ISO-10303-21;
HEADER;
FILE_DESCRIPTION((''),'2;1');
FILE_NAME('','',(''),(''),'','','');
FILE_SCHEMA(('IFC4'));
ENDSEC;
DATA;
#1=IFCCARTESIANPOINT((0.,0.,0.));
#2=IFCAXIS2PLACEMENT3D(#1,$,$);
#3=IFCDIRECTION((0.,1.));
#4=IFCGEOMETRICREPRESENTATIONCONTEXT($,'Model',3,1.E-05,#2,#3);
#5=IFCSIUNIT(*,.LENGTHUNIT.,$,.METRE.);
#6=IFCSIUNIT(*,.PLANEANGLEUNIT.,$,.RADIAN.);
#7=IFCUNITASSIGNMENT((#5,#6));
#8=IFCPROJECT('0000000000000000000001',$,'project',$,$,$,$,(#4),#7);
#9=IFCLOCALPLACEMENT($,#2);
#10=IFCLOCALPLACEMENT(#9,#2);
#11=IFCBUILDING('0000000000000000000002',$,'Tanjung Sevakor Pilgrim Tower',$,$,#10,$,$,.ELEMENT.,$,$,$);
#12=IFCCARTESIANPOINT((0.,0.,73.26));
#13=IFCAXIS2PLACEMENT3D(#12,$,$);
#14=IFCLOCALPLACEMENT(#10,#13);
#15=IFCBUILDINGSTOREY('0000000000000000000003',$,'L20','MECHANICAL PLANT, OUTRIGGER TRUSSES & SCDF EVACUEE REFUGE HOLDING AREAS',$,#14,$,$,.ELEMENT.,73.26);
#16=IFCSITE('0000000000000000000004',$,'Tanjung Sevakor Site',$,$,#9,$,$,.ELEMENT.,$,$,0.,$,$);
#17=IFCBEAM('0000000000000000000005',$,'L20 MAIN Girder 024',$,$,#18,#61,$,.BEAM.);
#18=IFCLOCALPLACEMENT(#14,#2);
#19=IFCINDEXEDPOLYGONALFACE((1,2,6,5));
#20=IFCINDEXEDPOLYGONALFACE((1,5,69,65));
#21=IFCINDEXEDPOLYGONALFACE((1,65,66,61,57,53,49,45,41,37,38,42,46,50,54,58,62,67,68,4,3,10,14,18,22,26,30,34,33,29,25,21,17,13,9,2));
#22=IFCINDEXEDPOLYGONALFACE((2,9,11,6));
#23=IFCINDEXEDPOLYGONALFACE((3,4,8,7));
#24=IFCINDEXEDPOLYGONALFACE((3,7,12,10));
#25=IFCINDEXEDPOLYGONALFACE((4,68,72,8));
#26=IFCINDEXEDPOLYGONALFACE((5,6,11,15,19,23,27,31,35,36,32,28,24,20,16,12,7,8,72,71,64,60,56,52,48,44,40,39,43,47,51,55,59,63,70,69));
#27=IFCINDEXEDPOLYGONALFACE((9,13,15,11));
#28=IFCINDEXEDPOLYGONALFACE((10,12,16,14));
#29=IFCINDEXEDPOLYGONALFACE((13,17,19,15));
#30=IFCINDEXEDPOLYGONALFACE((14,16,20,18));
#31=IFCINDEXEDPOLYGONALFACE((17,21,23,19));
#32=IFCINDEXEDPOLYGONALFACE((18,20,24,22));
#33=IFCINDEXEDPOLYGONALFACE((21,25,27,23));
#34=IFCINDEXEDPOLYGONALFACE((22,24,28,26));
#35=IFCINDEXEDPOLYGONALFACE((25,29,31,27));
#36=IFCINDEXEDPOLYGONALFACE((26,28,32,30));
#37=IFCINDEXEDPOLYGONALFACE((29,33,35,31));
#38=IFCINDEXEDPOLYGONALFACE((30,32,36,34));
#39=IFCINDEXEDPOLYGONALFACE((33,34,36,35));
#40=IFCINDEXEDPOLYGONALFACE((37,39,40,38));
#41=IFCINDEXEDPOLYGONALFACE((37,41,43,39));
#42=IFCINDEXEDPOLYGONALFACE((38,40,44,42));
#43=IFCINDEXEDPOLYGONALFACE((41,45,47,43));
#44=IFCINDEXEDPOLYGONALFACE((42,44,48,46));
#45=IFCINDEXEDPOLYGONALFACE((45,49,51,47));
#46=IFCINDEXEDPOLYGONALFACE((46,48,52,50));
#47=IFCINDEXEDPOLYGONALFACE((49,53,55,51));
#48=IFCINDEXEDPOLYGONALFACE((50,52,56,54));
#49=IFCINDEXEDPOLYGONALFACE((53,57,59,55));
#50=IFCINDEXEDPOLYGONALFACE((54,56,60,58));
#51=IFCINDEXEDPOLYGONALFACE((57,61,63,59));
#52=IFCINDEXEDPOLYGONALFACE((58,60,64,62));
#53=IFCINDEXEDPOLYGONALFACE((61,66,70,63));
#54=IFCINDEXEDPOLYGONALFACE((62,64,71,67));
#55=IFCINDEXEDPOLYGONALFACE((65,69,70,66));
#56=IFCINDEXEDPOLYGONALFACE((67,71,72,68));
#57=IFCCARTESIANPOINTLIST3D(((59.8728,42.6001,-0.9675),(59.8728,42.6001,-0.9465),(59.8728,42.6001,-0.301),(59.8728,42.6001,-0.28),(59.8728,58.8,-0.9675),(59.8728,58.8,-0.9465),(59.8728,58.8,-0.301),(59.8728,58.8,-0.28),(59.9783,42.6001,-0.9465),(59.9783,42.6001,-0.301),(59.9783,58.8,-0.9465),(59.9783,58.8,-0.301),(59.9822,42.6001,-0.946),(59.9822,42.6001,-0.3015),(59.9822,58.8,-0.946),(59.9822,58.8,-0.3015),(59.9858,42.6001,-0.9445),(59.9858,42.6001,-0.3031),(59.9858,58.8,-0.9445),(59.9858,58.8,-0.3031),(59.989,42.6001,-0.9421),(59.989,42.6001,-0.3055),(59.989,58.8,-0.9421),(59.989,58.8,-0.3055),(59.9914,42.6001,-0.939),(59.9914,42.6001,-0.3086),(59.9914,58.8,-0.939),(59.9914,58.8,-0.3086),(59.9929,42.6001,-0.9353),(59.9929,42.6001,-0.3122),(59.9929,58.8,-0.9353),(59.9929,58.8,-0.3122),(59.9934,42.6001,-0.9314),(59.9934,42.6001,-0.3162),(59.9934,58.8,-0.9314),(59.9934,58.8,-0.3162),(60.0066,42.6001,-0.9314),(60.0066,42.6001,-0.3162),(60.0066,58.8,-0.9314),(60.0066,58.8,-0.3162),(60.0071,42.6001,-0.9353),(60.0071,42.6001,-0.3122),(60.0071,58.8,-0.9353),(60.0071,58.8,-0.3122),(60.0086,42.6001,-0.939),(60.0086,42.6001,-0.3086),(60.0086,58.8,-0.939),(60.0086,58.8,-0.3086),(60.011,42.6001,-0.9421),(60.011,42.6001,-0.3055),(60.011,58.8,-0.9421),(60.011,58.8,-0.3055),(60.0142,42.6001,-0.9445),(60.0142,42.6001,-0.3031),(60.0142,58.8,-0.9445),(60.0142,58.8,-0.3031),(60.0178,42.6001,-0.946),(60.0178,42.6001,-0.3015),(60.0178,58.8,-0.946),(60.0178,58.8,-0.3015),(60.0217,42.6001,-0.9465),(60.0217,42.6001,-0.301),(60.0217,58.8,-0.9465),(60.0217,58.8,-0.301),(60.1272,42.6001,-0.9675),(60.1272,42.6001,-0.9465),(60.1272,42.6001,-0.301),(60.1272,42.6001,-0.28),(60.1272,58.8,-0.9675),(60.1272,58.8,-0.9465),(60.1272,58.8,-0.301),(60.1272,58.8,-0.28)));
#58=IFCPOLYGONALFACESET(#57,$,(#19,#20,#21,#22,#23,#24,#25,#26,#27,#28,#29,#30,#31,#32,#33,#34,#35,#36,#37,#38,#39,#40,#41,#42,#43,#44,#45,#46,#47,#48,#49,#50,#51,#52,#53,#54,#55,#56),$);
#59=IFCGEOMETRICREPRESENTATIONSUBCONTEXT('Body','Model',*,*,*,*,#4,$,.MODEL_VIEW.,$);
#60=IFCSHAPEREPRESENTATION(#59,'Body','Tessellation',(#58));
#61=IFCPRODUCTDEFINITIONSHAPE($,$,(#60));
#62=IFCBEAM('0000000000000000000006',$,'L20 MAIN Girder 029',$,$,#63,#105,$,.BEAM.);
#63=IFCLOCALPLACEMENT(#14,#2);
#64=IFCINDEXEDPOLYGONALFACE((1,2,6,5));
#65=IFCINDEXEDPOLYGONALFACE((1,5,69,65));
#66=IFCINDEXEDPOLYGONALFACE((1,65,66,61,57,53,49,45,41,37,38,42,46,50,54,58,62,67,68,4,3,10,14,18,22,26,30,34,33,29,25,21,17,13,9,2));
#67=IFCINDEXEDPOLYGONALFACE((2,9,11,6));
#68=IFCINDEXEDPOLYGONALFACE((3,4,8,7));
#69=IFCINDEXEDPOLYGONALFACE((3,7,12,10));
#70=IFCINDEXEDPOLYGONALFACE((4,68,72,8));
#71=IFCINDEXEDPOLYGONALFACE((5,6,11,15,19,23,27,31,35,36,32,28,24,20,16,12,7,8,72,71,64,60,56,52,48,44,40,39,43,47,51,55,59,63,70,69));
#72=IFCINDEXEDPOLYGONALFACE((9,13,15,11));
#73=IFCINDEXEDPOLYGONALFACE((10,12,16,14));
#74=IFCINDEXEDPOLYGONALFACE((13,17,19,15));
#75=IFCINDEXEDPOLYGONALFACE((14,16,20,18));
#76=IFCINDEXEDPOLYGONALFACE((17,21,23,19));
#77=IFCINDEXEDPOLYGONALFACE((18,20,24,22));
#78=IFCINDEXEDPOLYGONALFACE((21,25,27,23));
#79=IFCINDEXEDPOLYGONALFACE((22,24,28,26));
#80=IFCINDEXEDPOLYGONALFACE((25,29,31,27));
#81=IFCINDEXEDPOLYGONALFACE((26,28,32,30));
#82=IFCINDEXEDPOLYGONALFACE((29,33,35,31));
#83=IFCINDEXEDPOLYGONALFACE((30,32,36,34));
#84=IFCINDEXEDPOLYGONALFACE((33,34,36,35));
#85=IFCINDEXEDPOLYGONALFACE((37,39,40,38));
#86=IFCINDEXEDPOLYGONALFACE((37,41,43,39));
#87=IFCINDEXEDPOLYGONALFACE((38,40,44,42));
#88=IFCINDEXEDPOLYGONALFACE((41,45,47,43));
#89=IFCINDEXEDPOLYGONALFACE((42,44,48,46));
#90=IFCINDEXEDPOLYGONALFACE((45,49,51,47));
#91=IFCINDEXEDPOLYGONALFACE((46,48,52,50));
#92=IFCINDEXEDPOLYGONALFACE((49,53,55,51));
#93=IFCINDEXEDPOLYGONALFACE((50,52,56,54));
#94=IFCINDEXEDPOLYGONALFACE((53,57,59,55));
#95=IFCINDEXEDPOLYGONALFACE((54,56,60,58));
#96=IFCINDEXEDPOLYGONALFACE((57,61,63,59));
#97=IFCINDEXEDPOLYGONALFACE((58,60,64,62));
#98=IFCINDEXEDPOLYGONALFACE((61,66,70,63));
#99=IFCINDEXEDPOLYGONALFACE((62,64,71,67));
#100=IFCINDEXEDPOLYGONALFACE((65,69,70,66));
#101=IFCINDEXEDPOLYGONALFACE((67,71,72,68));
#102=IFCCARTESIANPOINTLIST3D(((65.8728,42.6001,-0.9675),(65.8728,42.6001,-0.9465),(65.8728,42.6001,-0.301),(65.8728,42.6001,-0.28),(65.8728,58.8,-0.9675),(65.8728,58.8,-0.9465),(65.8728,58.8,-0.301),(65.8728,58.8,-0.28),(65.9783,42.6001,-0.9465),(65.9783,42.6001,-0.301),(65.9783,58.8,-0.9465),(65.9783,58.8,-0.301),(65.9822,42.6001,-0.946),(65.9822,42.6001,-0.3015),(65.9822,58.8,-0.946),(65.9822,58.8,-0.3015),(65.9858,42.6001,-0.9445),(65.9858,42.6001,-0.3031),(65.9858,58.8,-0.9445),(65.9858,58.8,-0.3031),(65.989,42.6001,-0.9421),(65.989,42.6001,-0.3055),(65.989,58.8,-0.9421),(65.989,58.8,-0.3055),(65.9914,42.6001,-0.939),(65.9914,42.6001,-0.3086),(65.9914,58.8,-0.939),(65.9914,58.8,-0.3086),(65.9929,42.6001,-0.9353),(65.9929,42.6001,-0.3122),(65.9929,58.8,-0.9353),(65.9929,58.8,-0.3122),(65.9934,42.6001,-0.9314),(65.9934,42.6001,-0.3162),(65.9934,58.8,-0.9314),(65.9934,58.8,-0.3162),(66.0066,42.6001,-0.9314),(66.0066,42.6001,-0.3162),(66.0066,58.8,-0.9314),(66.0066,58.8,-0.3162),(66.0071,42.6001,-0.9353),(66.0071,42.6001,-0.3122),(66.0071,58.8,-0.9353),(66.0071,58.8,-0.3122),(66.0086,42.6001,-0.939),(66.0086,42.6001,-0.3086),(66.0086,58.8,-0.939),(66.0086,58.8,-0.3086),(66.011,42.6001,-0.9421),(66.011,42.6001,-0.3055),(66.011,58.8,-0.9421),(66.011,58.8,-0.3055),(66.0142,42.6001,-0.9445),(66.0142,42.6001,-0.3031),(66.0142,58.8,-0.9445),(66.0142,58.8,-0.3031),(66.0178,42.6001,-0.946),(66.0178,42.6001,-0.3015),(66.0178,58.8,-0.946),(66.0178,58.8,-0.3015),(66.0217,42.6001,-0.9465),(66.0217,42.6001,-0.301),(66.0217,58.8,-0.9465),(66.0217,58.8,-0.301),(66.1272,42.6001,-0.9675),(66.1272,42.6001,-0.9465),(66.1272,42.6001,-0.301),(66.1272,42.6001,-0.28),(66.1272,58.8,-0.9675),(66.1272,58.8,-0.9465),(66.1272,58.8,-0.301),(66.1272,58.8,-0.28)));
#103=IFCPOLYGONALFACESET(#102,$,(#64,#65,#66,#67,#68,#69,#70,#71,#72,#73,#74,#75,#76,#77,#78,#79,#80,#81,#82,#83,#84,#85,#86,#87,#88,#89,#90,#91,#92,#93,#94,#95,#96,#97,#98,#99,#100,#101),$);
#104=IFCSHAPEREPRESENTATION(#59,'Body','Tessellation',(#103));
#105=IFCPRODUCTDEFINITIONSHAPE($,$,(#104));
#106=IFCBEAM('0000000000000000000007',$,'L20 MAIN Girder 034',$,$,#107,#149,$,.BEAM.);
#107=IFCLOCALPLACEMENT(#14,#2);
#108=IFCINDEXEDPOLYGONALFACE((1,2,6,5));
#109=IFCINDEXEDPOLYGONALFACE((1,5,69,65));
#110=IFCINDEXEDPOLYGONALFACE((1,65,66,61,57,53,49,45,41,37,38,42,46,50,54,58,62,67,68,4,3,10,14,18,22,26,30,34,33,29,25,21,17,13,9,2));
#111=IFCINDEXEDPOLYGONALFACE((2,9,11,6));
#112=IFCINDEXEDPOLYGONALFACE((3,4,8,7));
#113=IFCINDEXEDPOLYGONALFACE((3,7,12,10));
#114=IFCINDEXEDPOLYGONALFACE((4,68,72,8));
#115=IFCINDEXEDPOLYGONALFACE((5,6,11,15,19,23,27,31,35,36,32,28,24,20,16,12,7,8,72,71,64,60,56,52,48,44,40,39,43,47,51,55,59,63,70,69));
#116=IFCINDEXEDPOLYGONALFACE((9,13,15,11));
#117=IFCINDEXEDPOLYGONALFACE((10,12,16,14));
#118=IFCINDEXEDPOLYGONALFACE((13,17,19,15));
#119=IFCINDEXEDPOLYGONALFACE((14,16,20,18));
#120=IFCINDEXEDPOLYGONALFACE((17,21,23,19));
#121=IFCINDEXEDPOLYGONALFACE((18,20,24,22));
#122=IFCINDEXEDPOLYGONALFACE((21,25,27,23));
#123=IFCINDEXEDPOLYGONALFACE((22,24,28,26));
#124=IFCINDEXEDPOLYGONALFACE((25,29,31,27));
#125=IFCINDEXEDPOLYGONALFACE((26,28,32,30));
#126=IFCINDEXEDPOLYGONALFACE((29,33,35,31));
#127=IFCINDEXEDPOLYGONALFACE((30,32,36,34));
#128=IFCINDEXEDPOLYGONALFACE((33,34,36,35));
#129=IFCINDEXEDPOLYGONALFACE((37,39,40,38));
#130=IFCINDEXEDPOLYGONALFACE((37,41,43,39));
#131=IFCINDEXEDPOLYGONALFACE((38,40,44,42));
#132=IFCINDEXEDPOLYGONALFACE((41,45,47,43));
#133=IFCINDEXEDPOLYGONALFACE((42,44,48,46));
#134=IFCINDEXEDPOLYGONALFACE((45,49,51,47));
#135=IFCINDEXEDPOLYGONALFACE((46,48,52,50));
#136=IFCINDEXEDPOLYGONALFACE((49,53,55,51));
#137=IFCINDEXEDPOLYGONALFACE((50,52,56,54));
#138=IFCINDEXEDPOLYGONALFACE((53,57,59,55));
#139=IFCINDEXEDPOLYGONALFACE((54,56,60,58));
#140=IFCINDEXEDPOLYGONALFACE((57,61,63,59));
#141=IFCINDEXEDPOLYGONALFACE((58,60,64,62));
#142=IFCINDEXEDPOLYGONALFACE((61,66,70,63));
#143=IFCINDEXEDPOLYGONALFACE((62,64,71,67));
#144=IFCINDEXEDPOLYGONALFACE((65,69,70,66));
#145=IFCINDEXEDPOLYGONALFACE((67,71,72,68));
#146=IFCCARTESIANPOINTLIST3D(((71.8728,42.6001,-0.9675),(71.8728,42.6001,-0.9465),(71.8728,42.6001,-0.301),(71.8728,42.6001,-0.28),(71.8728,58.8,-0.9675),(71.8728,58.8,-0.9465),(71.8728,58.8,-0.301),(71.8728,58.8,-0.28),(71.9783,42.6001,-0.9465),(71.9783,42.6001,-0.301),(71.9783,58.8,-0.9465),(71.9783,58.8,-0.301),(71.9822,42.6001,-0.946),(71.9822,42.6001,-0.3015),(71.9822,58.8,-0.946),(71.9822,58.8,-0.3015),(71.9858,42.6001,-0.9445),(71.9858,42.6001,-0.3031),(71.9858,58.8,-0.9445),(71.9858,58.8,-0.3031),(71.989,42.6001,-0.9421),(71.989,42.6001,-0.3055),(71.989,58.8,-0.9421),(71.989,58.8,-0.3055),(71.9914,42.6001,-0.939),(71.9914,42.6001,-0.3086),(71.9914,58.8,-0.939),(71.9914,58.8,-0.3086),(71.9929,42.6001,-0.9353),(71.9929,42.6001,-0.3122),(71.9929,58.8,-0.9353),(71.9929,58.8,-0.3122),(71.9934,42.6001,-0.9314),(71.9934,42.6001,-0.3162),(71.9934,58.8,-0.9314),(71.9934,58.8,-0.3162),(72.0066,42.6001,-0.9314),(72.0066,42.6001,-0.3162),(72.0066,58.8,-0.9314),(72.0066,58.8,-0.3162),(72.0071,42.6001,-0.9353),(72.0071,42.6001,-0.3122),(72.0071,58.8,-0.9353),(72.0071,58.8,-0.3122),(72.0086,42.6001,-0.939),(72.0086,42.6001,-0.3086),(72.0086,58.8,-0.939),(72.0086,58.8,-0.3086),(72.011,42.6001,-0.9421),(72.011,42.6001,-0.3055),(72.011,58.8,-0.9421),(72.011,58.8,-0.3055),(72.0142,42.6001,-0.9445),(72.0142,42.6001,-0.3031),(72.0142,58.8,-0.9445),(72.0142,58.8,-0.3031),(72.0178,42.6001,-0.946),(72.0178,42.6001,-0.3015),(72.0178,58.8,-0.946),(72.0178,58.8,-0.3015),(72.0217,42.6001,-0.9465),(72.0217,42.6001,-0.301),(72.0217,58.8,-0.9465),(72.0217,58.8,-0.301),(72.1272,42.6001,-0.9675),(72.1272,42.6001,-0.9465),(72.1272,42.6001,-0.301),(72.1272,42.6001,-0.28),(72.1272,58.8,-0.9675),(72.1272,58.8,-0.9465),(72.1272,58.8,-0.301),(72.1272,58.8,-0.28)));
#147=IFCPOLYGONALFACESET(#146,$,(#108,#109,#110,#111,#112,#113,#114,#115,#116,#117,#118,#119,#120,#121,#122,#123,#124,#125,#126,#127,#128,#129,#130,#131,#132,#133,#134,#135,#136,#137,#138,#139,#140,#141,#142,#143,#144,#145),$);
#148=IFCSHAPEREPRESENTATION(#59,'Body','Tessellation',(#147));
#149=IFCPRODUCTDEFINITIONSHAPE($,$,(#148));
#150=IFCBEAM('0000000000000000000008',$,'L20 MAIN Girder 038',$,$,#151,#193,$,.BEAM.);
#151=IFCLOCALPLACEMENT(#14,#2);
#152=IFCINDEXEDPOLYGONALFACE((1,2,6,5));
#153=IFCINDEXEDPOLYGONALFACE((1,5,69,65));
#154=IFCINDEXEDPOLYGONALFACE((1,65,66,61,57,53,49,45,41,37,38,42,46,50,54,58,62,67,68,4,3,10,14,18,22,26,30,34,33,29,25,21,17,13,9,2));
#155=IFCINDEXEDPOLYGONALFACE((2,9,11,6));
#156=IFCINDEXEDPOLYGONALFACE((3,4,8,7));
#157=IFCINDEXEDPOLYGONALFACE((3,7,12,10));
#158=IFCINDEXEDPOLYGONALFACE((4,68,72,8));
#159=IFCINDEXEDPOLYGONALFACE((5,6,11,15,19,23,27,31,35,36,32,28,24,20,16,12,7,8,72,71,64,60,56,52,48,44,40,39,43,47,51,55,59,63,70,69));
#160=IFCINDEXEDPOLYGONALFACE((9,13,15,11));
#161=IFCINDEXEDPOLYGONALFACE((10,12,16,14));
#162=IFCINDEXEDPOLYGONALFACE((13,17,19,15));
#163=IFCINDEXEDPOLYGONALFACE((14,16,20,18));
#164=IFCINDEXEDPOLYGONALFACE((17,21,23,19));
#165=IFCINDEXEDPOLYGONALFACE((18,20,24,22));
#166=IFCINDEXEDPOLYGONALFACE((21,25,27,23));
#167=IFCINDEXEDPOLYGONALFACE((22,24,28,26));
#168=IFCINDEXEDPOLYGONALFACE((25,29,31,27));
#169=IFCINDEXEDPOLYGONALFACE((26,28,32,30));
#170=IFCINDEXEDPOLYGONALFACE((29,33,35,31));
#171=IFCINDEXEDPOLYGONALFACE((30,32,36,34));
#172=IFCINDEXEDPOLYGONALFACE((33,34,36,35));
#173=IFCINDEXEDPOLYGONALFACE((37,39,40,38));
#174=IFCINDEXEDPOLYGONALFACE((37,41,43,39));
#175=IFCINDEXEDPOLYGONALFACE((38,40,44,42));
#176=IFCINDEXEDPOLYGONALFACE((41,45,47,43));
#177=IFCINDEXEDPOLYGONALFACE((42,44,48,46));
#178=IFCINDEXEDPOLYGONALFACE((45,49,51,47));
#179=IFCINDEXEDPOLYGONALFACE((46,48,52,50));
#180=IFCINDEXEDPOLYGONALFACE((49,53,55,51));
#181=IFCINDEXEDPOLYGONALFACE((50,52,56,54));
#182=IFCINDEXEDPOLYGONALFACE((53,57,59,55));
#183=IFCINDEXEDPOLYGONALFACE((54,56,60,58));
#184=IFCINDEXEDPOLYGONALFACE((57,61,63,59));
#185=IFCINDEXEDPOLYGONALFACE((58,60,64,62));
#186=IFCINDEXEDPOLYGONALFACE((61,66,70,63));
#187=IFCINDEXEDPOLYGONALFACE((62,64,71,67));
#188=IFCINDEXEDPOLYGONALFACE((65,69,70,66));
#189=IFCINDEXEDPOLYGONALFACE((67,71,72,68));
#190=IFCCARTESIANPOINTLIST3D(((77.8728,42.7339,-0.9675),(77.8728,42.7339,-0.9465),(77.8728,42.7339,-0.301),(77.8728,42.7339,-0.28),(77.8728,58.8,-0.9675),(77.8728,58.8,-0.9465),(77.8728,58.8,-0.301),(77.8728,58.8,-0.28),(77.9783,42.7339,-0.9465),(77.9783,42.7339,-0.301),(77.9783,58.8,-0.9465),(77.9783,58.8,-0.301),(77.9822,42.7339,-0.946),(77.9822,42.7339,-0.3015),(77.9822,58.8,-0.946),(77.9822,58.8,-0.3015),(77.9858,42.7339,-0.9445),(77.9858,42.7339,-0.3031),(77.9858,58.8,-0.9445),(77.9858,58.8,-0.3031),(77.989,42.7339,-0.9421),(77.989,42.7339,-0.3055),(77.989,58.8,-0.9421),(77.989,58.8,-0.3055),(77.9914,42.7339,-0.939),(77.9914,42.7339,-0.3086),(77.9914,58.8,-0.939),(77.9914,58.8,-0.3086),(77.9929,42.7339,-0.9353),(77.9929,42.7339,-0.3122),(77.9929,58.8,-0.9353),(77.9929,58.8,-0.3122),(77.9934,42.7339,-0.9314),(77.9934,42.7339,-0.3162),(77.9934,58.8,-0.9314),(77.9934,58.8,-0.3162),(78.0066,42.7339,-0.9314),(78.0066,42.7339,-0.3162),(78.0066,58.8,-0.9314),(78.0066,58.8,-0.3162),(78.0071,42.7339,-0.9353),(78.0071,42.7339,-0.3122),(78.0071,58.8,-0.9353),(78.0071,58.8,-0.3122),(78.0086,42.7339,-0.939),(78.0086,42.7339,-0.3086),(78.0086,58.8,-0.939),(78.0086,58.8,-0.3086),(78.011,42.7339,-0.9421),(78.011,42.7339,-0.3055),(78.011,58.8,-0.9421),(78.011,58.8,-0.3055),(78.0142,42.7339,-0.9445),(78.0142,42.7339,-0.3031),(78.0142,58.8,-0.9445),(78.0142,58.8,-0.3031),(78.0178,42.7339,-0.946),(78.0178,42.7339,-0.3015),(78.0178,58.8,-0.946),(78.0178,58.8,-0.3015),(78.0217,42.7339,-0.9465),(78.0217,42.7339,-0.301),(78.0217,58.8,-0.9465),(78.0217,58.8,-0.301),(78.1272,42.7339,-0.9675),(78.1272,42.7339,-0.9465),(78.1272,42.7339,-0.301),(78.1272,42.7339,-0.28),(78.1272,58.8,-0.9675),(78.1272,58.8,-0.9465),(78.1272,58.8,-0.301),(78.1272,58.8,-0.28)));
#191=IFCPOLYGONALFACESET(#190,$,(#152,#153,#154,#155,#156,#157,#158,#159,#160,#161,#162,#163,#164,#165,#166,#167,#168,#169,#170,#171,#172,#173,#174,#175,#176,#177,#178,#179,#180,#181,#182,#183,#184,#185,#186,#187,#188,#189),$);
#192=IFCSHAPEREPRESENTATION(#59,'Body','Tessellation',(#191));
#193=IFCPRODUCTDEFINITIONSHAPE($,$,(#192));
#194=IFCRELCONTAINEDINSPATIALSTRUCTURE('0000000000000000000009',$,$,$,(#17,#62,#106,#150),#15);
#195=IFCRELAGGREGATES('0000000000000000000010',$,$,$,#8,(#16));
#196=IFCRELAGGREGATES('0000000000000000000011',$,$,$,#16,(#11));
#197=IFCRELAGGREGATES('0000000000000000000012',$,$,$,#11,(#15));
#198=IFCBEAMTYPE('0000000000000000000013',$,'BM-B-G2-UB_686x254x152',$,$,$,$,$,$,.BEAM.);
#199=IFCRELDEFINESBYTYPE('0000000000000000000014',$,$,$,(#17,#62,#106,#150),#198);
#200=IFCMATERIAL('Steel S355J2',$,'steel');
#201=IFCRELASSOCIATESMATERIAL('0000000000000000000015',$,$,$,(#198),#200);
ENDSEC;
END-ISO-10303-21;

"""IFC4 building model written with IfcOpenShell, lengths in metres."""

from ifc_helpers import new_model, si_unit, direction, frame, origin, origin_2d, place, context, subcontext, project, spatial, i_section, extrude, material, material_profile, profile_set, type_object, element, save


model = new_model("IFC4")

# Units and contexts
model_context = context("Model", 3, precision=1e-05, world=origin(), true_north=direction((0.0, 1.0)))
body_context = subcontext(model_context, "Body", "Model", "MODEL_VIEW")
ifc_project = project(units=[si_unit("LENGTHUNIT", "METRE"), si_unit("PLANEANGLEUNIT", "RADIAN")], contexts=[model_context])

# Site, building, storey
site_placement = place(None, origin())
site = spatial("IfcSite", under=ifc_project, at=site_placement, Name="Tanjung Sevakor Site", CompositionType="ELEMENT", RefElevation=0.0)
building_placement = place(site_placement, origin())
building = spatial("IfcBuilding", under=site, at=building_placement, Name="Tanjung Sevakor Pilgrim Tower", CompositionType="ELEMENT")
storey_placement = place(building_placement, frame((0.0, 0.0, 73.26)))
storey = spatial("IfcBuildingStorey", under=building, at=storey_placement, Name="L20", Description="MECHANICAL PLANT, OUTRIGGER TRUSSES & SCDF EVACUEE REFUGE HOLDING AREAS", CompositionType="ELEMENT", Elevation=73.26)

# Beams
ifc_material_1 = material(Name="Steel S355J2", Category="steel")
ifc_material_profile_1 = material_profile(ifc_material_1, i_section(OverallWidth=0.2544, OverallDepth=0.6875, WebThickness=0.0132, FlangeThickness=0.021, FilletRadius=0.0151, at=origin_2d()))
ifc_profile_set_1 = profile_set([ifc_material_profile_1], Name="Steel S355J2")
beam_type_1 = type_object("IfcBeamType", Name="BM-B-G2-UB_686x254x152", PredefinedType="BEAM", material=ifc_profile_set_1)
for number, where, z_axis, x_axis, name in (
    (1, (60.0, 42.6001, -0.6238), (0.0, 1.0, 0.0), (-1.0, 0.0, 0.0), "L20 MAIN Girder 024"),
    (2, (66.0, 42.6001, -0.6238), (0.0, 1.0, 0.0), (-1.0, 0.0, 0.0), "L20 MAIN Girder 029"),
    (3, (72.0, 42.6001, -0.6238), (0.0, 1.0, 0.0), (-1.0, 0.0, 0.0), "L20 MAIN Girder 034"),
):
    element("IfcBeam", number, at=place(storey_placement, frame(where, z_axis=z_axis, x_axis=x_axis)), inside=storey, type_object=beam_type_1, Name=name, PredefinedType="BEAM", context=body_context, shape_type="SweptSolid", body=[
        extrude(i_section(OverallWidth=0.2544, OverallDepth=0.6875, WebThickness=0.0132, FlangeThickness=0.021, FilletRadius=0.0151, at=origin_2d()), origin(), (0.0, 0.0, 1.0), 16.2),
    ])
beam_1_placement = place(storey_placement, frame((78.0, 42.7339, -0.6238), z_axis=(0.0, 1.0, 0.0), x_axis=(-1.0, 0.0, 0.0)))
element("IfcBeam", 4, at=beam_1_placement, inside=storey, type_object=beam_type_1, Name="L20 MAIN Girder 038", PredefinedType="BEAM", context=body_context, shape_type="SweptSolid", body=[
    extrude(i_section(OverallWidth=0.2544, OverallDepth=0.6875, WebThickness=0.0132, FlangeThickness=0.021, FilletRadius=0.0151, at=origin_2d()), origin(), (0.0, 0.0, 1.0), 16.0662),
])

save(model, "model.ifc")
